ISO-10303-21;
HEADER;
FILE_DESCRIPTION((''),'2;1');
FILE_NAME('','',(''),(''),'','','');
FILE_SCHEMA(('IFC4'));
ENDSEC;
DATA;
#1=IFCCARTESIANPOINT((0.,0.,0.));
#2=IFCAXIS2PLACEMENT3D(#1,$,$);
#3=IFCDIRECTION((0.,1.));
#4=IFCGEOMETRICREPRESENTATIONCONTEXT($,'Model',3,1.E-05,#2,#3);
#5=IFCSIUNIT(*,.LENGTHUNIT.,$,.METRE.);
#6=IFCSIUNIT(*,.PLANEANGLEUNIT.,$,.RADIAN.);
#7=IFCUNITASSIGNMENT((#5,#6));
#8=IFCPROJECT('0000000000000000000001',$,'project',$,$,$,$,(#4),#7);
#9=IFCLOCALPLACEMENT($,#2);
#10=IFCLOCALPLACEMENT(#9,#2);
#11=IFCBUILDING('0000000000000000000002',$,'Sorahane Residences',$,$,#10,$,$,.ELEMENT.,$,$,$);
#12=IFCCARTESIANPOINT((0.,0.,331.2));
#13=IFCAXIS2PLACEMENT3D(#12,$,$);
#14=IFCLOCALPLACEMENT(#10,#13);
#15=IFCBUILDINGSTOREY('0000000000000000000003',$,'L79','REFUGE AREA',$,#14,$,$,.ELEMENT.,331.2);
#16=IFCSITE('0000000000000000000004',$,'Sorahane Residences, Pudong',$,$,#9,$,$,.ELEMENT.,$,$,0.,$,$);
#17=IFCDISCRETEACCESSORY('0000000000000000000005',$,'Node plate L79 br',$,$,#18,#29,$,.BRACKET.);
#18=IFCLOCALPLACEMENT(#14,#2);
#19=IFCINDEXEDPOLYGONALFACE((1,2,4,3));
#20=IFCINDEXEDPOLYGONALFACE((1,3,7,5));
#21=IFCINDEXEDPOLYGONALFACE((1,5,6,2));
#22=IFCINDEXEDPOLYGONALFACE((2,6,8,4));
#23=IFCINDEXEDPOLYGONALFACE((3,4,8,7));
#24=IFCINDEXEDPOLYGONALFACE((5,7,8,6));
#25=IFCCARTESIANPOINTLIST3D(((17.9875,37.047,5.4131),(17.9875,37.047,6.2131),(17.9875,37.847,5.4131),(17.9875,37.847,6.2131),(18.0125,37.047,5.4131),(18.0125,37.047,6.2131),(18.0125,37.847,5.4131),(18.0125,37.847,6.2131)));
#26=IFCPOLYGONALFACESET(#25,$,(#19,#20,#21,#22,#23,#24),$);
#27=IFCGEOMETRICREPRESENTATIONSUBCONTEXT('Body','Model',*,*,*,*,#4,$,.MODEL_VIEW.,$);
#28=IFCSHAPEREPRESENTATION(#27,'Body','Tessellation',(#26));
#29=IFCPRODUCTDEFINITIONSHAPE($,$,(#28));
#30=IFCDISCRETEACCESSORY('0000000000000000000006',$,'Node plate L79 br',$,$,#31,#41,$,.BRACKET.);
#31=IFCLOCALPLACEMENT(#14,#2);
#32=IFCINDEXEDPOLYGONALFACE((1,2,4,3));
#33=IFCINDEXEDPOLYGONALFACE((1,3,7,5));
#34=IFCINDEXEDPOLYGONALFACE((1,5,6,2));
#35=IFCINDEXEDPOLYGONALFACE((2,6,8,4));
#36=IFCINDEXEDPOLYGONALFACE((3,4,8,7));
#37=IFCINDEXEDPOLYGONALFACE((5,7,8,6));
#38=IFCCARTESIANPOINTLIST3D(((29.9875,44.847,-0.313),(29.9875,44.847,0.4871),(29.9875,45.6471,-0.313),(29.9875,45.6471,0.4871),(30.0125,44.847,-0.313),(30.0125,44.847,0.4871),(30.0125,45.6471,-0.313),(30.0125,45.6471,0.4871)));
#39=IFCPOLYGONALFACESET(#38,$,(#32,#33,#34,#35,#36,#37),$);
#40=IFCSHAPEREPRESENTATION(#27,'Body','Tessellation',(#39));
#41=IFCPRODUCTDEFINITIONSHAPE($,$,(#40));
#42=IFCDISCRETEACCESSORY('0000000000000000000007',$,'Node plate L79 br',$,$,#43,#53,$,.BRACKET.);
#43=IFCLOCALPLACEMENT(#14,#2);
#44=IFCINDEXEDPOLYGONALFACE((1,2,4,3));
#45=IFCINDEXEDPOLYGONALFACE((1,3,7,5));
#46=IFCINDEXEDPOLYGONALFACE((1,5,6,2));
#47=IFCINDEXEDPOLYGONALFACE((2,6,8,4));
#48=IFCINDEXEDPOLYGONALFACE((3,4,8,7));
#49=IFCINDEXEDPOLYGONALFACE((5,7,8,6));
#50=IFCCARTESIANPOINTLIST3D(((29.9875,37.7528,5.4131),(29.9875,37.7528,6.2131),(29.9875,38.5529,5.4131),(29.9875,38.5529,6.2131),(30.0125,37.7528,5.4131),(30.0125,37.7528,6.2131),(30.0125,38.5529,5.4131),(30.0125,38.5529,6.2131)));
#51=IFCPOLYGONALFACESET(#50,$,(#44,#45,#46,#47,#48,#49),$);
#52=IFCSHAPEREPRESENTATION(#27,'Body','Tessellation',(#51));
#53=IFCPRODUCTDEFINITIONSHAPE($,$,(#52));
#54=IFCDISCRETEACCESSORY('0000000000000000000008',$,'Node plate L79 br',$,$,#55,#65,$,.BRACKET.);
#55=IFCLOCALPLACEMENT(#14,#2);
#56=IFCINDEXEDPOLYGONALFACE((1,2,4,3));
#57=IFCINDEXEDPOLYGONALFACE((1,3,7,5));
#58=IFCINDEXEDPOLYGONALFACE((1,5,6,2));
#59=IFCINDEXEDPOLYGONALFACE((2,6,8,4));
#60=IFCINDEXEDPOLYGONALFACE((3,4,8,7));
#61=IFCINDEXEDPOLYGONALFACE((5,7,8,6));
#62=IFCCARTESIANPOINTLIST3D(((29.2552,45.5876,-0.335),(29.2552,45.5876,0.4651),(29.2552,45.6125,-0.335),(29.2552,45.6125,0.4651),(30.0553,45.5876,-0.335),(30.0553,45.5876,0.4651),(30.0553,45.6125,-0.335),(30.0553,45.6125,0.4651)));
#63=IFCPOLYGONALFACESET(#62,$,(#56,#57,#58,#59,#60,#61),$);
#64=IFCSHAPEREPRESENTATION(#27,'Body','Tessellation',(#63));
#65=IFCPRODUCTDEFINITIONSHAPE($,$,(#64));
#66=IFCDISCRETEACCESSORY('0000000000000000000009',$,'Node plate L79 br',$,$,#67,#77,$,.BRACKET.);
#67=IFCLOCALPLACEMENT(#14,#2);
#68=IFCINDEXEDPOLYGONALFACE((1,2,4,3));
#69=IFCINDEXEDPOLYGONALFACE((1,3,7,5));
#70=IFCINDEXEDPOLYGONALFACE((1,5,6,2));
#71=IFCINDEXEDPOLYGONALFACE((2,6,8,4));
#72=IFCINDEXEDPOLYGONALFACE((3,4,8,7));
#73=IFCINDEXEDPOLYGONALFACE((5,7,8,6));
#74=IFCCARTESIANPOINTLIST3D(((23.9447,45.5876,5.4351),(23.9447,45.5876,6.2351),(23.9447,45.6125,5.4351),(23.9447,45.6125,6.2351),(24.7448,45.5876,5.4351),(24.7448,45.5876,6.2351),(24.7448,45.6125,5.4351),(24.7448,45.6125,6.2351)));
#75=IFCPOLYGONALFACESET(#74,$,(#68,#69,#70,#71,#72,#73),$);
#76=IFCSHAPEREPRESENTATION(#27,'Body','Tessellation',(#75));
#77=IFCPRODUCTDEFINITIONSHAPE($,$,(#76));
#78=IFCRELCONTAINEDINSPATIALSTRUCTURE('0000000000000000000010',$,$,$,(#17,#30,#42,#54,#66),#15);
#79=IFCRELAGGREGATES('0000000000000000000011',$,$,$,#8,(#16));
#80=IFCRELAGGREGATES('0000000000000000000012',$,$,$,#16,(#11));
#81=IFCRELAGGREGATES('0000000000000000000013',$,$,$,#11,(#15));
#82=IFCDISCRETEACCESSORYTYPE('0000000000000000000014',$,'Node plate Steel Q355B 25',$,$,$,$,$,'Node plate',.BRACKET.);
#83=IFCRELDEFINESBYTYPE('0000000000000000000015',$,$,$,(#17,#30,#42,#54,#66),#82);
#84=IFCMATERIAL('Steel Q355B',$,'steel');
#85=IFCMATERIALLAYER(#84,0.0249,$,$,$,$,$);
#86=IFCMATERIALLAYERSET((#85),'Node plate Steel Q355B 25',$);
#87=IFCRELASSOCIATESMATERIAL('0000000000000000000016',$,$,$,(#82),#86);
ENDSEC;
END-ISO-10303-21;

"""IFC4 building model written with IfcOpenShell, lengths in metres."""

from ifc_helpers import new_model, si_unit, direction, frame, origin, origin_2d, place, context, subcontext, project, spatial, rectangle, extrude, material, layer, layer_set, type_object, element, save


model = new_model("IFC4")

# Units and contexts
model_context = context("Model", 3, precision=1e-05, world=origin(), true_north=direction((0.0, 1.0)))
body_context = subcontext(model_context, "Body", "Model", "MODEL_VIEW")
ifc_project = project(units=[si_unit("LENGTHUNIT", "METRE"), si_unit("PLANEANGLEUNIT", "RADIAN")], contexts=[model_context])

# Site, building, storey
site_placement = place(None, origin())
site = spatial("IfcSite", under=ifc_project, at=site_placement, Name="Sorahane Residences, Pudong", CompositionType="ELEMENT", RefElevation=0.0)
building_placement = place(site_placement, origin())
building = spatial("IfcBuilding", under=site, at=building_placement, Name="Sorahane Residences", CompositionType="ELEMENT")
storey_placement = place(building_placement, frame((0.0, 0.0, 331.2)))
storey = spatial("IfcBuildingStorey", under=building, at=storey_placement, Name="L79", Description="REFUGE AREA", CompositionType="ELEMENT", Elevation=331.2)

# Discrete accessories
ifc_material_1 = material(Name="Steel Q355B", Category="steel")
ifc_layer_1 = layer(ifc_material_1, 0.0249)
ifc_layer_set_1 = layer_set([ifc_layer_1], Name="Node plate Steel Q355B 25")
discrete_accessory_type = type_object("IfcDiscreteAccessoryType", Name="Node plate Steel Q355B 25", ElementType="Node plate", PredefinedType="BRACKET", material=ifc_layer_set_1)
for number, where, z_axis, x_axis, name in (
    (1, (18.0, 37.447, 5.4131), (0.0, 0.0, 1.0), (0.0, 1.0, 0.0), "Node plate L79 br"),
    (2, (30.0, 45.2471, -0.313), (0.0, 0.0, 1.0), (0.0, 1.0, 0.0), "Node plate L79 br"),
    (3, (30.0, 38.1528, 5.4131), (0.0, 0.0, 1.0), (0.0, 1.0, 0.0), "Node plate L79 br"),
    (4, (29.6553, 45.6001, -0.335), (0.0, 0.0, 1.0), (1.0, 0.0, 0.0), "Node plate L79 br"),
    (5, (24.3447, 45.6001, 5.4351), (0.0, 0.0, 1.0), (1.0, 0.0, 0.0), "Node plate L79 br"),
):
    element("IfcDiscreteAccessory", number, at=place(storey_placement, frame(where, z_axis=z_axis, x_axis=x_axis)), inside=storey, type_object=discrete_accessory_type, Name=name, PredefinedType="BRACKET", context=body_context, shape_type="SweptSolid", body=[
        extrude(rectangle(XDim=0.8, YDim=0.0249, at=origin_2d()), origin(), (0.0, 0.0, 1.0), 0.8),
    ])

save(model, "model.ifc")
